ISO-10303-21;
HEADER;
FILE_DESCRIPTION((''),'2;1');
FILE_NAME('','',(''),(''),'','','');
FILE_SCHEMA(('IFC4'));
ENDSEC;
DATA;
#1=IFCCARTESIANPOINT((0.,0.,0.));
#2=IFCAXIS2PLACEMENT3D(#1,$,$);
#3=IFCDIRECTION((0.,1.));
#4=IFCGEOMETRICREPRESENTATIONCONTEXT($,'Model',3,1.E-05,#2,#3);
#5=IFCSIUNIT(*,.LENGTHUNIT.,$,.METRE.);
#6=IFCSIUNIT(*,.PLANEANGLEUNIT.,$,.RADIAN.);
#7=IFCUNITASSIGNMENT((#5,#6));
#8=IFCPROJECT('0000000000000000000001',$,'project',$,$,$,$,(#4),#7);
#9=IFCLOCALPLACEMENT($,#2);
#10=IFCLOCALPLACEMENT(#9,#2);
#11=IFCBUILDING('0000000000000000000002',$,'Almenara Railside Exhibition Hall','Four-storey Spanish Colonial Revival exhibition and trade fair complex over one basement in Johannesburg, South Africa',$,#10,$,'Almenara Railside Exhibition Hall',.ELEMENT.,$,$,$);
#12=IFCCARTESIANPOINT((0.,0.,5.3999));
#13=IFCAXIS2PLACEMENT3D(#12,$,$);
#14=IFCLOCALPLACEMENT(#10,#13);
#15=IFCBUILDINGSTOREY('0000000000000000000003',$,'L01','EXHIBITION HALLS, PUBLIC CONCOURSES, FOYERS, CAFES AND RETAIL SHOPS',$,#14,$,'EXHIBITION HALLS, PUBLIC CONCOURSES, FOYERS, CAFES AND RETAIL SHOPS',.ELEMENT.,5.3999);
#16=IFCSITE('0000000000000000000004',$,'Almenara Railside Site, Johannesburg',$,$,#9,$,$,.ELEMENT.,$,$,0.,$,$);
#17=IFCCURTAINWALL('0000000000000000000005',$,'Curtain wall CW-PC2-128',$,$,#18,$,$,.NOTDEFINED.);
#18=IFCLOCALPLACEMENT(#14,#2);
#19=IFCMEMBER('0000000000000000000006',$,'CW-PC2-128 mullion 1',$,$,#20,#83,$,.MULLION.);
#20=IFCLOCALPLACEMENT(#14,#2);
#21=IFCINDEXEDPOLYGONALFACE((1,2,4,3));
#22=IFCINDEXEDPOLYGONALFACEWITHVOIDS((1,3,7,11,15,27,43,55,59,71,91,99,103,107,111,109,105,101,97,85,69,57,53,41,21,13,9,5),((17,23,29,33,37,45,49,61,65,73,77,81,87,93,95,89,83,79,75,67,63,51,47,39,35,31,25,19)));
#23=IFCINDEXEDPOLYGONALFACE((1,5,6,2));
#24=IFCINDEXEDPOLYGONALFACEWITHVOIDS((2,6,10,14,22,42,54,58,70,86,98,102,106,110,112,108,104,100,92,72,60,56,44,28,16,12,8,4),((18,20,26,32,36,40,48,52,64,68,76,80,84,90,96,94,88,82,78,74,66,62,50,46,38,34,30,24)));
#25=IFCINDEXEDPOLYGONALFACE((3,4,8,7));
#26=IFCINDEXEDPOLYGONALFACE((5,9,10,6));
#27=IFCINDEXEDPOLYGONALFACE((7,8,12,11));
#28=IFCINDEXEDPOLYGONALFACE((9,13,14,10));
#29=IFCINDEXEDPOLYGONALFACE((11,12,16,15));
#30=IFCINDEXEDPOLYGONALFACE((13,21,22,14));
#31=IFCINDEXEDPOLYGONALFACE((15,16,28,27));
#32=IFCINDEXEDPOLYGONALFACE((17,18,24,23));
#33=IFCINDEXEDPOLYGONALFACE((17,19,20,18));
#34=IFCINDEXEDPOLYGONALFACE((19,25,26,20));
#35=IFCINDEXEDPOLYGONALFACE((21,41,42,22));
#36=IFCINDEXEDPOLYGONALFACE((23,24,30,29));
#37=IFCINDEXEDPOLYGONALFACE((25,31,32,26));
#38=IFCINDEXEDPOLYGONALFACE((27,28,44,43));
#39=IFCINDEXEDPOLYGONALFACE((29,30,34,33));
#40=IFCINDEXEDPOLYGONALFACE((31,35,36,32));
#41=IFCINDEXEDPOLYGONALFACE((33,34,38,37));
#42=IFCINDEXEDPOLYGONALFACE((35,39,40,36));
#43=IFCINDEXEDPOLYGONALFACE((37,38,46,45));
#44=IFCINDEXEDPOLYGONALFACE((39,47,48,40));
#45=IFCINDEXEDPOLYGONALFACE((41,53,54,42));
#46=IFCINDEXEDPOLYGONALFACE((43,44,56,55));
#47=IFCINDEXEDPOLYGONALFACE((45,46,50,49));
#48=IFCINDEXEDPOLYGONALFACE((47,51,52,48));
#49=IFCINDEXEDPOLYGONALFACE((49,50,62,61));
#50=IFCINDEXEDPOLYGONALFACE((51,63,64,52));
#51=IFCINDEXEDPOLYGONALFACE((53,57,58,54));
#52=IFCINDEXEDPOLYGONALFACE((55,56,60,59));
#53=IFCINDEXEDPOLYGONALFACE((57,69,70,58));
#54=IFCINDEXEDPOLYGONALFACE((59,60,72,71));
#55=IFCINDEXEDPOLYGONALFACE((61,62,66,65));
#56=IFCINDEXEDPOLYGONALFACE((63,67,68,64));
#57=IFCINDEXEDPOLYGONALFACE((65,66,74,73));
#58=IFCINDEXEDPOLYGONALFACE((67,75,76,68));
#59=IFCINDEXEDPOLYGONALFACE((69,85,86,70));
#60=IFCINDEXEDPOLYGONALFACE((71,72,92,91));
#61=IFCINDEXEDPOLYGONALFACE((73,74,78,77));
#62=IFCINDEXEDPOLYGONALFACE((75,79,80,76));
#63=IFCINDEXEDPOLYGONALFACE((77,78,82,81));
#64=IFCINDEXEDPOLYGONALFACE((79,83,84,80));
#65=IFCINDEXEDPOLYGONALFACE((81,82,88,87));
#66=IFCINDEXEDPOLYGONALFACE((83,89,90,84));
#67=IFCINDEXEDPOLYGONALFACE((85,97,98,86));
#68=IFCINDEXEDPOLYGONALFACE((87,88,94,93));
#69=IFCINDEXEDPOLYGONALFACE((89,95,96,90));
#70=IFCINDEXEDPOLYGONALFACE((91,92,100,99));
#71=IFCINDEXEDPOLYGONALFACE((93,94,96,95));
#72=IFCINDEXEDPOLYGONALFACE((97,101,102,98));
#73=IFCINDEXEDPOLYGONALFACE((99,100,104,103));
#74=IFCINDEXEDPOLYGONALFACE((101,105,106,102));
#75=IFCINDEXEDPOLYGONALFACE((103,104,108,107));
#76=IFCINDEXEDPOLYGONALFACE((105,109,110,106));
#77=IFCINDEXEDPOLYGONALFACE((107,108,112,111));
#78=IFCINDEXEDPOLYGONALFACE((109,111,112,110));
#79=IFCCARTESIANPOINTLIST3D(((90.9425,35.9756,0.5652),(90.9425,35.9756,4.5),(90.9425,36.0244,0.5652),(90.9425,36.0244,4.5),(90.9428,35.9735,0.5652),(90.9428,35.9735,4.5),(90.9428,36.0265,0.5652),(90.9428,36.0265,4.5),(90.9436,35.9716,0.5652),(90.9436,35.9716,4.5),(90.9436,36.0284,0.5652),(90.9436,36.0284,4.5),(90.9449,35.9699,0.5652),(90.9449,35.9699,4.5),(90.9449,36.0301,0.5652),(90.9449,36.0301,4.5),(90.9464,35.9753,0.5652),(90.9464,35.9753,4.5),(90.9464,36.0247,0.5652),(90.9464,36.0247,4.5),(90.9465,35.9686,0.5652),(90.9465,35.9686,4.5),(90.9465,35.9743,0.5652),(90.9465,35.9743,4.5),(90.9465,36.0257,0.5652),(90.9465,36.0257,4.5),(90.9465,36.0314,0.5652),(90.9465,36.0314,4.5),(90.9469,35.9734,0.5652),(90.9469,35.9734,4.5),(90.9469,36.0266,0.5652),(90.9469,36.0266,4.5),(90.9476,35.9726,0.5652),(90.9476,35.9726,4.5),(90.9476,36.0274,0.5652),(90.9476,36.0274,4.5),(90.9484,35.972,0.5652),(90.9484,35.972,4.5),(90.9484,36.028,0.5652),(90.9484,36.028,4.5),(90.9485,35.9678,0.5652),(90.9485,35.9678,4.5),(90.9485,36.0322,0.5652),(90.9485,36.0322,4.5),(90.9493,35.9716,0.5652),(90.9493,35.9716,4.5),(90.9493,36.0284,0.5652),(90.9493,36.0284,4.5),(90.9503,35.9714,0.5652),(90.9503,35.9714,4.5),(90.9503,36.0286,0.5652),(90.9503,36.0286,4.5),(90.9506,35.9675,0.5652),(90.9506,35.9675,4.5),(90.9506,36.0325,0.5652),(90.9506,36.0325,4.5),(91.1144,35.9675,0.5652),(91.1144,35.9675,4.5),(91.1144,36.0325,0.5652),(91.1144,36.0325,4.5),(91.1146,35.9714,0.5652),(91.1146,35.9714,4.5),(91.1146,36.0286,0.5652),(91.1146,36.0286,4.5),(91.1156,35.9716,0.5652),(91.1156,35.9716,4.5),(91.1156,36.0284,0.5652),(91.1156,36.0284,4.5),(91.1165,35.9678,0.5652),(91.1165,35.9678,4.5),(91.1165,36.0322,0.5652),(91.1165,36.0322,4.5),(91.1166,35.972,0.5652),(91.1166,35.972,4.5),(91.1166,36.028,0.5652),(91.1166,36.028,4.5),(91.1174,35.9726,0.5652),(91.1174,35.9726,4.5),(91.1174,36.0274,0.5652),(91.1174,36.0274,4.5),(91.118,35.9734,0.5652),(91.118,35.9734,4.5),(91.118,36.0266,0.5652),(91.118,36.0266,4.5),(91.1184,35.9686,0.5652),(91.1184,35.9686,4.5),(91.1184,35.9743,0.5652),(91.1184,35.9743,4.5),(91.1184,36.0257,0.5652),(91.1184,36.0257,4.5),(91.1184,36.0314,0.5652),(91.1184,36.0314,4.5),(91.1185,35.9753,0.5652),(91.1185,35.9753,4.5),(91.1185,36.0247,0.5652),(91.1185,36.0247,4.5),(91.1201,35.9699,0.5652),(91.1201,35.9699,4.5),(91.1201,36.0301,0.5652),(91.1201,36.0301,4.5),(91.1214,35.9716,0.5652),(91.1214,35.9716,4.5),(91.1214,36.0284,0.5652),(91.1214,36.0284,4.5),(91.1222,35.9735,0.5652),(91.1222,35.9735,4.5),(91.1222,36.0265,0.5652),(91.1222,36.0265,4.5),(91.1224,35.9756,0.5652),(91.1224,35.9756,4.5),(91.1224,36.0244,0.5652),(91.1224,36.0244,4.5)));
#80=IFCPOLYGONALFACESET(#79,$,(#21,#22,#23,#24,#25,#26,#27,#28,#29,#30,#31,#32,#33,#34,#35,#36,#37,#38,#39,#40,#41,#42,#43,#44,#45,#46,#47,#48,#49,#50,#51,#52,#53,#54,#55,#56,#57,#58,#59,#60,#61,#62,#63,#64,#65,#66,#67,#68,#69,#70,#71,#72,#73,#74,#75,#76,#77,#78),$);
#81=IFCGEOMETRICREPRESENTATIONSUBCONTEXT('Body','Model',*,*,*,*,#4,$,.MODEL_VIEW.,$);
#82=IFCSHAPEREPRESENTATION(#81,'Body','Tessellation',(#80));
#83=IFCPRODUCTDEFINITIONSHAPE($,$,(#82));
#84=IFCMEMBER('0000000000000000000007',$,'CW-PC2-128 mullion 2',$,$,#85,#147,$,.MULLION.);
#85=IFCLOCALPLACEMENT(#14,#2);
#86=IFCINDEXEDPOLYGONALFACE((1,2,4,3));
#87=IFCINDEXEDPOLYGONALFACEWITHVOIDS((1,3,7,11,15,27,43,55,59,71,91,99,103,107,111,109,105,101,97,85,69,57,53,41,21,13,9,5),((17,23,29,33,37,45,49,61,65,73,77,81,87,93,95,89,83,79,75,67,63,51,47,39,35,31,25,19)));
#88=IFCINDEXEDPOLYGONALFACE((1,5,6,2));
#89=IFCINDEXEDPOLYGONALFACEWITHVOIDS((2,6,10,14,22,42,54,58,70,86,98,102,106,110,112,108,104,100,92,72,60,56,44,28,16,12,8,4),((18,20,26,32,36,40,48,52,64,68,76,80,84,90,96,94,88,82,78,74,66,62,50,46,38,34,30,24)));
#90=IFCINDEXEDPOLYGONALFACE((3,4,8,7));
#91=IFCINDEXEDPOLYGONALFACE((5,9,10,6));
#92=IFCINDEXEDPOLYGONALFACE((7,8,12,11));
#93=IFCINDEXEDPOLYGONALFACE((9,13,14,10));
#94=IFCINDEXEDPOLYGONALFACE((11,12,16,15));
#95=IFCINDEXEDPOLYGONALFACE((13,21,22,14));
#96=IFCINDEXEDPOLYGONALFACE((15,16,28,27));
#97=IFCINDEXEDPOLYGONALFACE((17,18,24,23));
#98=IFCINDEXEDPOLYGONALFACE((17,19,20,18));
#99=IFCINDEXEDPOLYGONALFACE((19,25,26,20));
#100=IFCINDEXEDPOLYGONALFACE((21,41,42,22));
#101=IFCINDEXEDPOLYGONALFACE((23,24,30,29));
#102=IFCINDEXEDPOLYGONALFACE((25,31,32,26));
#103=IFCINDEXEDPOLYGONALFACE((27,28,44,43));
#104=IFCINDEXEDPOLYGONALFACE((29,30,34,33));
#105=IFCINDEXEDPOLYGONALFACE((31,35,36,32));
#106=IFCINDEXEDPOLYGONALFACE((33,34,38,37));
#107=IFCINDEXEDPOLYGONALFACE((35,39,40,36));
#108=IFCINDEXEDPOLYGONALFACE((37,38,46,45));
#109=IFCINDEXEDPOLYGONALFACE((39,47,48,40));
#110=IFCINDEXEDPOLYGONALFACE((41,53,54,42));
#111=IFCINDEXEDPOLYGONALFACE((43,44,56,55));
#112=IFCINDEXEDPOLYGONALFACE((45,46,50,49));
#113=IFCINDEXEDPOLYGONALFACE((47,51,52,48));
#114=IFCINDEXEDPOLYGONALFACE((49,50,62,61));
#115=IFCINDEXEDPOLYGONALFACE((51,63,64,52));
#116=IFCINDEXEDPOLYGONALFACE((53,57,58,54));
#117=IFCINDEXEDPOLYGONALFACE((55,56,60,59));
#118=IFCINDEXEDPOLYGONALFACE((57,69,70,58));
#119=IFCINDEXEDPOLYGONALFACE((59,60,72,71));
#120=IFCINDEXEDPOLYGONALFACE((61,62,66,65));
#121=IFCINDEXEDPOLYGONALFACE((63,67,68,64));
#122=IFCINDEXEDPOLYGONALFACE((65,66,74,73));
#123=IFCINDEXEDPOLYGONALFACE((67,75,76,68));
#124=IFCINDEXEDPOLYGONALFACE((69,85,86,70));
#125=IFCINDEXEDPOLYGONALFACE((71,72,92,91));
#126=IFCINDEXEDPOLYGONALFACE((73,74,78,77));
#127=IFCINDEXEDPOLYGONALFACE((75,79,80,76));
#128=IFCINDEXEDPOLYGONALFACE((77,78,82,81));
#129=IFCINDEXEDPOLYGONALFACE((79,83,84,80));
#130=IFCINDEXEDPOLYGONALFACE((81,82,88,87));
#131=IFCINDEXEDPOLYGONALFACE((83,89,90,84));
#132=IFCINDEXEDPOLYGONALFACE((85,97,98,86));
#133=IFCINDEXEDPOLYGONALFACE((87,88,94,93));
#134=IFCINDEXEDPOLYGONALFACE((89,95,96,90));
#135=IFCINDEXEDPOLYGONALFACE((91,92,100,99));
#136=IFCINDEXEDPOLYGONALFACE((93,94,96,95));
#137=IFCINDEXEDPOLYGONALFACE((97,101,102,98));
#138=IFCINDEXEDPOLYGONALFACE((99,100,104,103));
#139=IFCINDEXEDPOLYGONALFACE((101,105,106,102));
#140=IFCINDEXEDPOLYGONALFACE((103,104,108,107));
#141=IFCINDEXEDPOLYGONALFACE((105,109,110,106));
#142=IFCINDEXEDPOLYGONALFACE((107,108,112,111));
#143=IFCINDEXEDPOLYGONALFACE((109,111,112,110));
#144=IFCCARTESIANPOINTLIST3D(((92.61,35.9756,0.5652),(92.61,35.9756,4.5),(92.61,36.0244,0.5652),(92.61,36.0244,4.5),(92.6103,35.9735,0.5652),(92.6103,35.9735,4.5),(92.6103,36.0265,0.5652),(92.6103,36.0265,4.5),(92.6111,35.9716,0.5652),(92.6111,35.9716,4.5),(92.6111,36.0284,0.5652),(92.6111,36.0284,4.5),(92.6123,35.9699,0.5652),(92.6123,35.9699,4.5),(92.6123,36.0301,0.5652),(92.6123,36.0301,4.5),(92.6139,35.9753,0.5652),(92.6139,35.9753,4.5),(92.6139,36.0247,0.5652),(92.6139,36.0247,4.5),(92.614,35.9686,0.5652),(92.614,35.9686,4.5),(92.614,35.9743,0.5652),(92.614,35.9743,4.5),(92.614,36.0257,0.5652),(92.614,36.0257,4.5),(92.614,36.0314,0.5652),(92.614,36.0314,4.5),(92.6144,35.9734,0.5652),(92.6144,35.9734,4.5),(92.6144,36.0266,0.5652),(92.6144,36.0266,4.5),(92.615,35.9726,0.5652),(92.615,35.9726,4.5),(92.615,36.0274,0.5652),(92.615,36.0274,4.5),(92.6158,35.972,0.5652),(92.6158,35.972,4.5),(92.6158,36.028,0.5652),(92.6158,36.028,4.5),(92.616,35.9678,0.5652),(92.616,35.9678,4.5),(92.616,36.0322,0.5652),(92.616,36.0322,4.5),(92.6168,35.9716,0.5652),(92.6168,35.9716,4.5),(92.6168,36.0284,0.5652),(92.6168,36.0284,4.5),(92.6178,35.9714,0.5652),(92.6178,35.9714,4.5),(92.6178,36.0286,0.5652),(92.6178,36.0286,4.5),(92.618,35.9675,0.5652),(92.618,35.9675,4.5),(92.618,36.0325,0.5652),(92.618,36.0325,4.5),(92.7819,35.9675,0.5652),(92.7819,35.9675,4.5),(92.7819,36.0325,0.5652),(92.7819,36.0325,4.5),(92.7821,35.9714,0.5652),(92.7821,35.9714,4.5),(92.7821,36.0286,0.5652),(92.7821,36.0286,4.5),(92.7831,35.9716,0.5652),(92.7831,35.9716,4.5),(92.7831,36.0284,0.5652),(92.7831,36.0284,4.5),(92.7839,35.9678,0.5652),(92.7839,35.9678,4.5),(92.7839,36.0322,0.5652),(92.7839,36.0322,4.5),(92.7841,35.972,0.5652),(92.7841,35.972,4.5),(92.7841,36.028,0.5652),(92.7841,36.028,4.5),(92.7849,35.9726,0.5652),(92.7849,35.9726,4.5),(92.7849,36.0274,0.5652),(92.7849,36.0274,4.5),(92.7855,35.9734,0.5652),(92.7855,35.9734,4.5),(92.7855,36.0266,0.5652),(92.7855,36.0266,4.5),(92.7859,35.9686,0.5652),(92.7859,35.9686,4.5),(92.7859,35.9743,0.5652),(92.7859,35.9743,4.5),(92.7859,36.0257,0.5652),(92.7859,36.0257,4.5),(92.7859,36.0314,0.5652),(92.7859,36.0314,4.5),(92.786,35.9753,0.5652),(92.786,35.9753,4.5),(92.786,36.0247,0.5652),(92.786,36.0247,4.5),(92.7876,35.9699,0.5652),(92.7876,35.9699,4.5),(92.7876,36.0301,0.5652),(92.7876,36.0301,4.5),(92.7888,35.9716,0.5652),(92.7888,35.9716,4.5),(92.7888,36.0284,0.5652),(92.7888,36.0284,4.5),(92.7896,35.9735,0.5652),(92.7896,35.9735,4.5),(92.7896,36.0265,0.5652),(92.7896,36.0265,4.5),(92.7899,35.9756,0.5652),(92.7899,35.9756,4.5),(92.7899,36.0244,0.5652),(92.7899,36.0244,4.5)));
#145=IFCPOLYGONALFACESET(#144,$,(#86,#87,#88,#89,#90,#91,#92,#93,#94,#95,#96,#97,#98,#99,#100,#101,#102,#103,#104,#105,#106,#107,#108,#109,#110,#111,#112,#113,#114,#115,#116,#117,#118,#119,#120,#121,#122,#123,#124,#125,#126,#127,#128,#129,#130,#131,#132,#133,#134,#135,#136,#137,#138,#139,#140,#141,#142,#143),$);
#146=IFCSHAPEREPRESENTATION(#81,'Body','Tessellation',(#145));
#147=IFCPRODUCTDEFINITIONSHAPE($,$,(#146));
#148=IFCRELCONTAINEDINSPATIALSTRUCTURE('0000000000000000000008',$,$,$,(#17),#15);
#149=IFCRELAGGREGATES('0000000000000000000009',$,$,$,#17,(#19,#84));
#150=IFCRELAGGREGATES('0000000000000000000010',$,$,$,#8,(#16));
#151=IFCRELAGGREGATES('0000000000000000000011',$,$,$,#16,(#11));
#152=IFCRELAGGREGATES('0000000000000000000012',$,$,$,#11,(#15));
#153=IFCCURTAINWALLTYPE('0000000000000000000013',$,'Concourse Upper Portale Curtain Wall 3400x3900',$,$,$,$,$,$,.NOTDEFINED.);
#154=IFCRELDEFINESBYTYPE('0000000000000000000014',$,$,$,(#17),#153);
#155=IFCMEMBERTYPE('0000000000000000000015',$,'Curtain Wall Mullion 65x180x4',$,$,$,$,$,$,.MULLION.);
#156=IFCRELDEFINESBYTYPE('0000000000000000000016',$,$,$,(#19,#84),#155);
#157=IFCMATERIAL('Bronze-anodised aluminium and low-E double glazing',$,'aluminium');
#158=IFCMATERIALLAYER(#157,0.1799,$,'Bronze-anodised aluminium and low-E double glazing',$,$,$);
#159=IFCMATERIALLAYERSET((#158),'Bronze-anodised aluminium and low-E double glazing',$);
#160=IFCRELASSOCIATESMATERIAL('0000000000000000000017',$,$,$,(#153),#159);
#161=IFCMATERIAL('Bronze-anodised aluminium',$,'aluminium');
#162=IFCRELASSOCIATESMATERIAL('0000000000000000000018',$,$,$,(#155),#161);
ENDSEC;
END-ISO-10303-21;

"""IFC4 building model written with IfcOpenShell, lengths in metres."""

from ifc_helpers import new_model, si_unit, direction, frame, origin, origin_2d, place, context, subcontext, project, spatial, hollow_rectangle, extrude, material, layer, layer_set, material_profile, profile_set, type_object, element, aggregate, save


model = new_model("IFC4")

# Units and contexts
model_context = context("Model", 3, precision=1e-05, world=origin(), true_north=direction((0.0, 1.0)))
body_context = subcontext(model_context, "Body", "Model", "MODEL_VIEW")
ifc_project = project(units=[si_unit("LENGTHUNIT", "METRE"), si_unit("PLANEANGLEUNIT", "RADIAN")], contexts=[model_context])

# Site, building, storey
site_placement = place(None, origin())
site = spatial("IfcSite", under=ifc_project, at=site_placement, Name="Almenara Railside Site, Johannesburg", CompositionType="ELEMENT", RefElevation=0.0)
building_placement = place(site_placement, origin())
building = spatial("IfcBuilding", under=site, at=building_placement, Name="Almenara Railside Exhibition Hall", Description="Four-storey Spanish Colonial Revival exhibition and trade fair complex over one basement in Johannesburg, South Africa", LongName="Almenara Railside Exhibition Hall", CompositionType="ELEMENT")
storey_placement = place(building_placement, frame((0.0, 0.0, 5.3999)))
storey = spatial("IfcBuildingStorey", under=building, at=storey_placement, Name="L01", Description="EXHIBITION HALLS, PUBLIC CONCOURSES, FOYERS, CAFES AND RETAIL SHOPS", LongName="EXHIBITION HALLS, PUBLIC CONCOURSES, FOYERS, CAFES AND RETAIL SHOPS", CompositionType="ELEMENT", Elevation=5.3999)

# Curtain wall, members
ifc_material_1 = material(Name="Bronze-anodised aluminium and low-E double glazing", Category="aluminium")
ifc_layer_1 = layer(ifc_material_1, 0.1799, Name="Bronze-anodised aluminium and low-E double glazing")
ifc_layer_set_1 = layer_set([ifc_layer_1], Name="Bronze-anodised aluminium and low-E double glazing")
curtain_wall_type_1 = type_object("IfcCurtainWallType", Name="Concourse Upper Portale Curtain Wall 3400x3900", PredefinedType="NOTDEFINED", material=ifc_layer_set_1)
curtain_wall_1_placement = place(storey_placement, origin())
curtain_wall_1 = element("IfcCurtainWall", 1, at=curtain_wall_1_placement, inside=storey, type_object=curtain_wall_type_1, Name="Curtain wall CW-PC2-128", PredefinedType="NOTDEFINED")
ifc_material_2 = material(Name="Bronze-anodised aluminium", Category="aluminium")
ifc_material_profile_1 = material_profile(ifc_material_2, hollow_rectangle(XDim=0.0649, YDim=0.1799, WallThickness=0.0039, InnerFilletRadius=0.0039, OuterFilletRadius=0.0081, at=origin_2d()), Name="ALU-MUL 65x180x4")
ifc_profile_set_1 = profile_set([ifc_material_profile_1], Name="Bronze-anodised aluminium")
member_type_1 = type_object("IfcMemberType", Name="Curtain Wall Mullion 65x180x4", PredefinedType="MULLION", material=ifc_profile_set_1)
member_1_placement = place(storey_placement, frame((91.0325, 36.0, 0.5652), z_axis=(0.0, 0.0, 1.0), x_axis=(0.0, 1.0, 0.0)))
member_1 = element("IfcMember", 2, at=member_1_placement, type_object=member_type_1, Name="CW-PC2-128 mullion 1", PredefinedType="MULLION", context=body_context, shape_type="SweptSolid", body=[
    extrude(hollow_rectangle(XDim=0.0649, YDim=0.1799, WallThickness=0.0039, InnerFilletRadius=0.0039, OuterFilletRadius=0.0081, at=origin_2d()), origin(), (0.0, 0.0, 1.0), 3.9348),
])
member_2_placement = place(storey_placement, frame((92.7, 36.0, 0.5652), z_axis=(0.0, 0.0, 1.0), x_axis=(0.0, 1.0, 0.0)))
member_2 = element("IfcMember", 3, at=member_2_placement, type_object=member_type_1, Name="CW-PC2-128 mullion 2", PredefinedType="MULLION", context=body_context, shape_type="SweptSolid", body=[
    extrude(hollow_rectangle(XDim=0.0649, YDim=0.1799, WallThickness=0.0039, InnerFilletRadius=0.0039, OuterFilletRadius=0.0081, at=origin_2d()), origin(), (0.0, 0.0, 1.0), 3.9348),
])

aggregate(curtain_wall_1, [member_1, member_2])

save(model, "model.ifc")
